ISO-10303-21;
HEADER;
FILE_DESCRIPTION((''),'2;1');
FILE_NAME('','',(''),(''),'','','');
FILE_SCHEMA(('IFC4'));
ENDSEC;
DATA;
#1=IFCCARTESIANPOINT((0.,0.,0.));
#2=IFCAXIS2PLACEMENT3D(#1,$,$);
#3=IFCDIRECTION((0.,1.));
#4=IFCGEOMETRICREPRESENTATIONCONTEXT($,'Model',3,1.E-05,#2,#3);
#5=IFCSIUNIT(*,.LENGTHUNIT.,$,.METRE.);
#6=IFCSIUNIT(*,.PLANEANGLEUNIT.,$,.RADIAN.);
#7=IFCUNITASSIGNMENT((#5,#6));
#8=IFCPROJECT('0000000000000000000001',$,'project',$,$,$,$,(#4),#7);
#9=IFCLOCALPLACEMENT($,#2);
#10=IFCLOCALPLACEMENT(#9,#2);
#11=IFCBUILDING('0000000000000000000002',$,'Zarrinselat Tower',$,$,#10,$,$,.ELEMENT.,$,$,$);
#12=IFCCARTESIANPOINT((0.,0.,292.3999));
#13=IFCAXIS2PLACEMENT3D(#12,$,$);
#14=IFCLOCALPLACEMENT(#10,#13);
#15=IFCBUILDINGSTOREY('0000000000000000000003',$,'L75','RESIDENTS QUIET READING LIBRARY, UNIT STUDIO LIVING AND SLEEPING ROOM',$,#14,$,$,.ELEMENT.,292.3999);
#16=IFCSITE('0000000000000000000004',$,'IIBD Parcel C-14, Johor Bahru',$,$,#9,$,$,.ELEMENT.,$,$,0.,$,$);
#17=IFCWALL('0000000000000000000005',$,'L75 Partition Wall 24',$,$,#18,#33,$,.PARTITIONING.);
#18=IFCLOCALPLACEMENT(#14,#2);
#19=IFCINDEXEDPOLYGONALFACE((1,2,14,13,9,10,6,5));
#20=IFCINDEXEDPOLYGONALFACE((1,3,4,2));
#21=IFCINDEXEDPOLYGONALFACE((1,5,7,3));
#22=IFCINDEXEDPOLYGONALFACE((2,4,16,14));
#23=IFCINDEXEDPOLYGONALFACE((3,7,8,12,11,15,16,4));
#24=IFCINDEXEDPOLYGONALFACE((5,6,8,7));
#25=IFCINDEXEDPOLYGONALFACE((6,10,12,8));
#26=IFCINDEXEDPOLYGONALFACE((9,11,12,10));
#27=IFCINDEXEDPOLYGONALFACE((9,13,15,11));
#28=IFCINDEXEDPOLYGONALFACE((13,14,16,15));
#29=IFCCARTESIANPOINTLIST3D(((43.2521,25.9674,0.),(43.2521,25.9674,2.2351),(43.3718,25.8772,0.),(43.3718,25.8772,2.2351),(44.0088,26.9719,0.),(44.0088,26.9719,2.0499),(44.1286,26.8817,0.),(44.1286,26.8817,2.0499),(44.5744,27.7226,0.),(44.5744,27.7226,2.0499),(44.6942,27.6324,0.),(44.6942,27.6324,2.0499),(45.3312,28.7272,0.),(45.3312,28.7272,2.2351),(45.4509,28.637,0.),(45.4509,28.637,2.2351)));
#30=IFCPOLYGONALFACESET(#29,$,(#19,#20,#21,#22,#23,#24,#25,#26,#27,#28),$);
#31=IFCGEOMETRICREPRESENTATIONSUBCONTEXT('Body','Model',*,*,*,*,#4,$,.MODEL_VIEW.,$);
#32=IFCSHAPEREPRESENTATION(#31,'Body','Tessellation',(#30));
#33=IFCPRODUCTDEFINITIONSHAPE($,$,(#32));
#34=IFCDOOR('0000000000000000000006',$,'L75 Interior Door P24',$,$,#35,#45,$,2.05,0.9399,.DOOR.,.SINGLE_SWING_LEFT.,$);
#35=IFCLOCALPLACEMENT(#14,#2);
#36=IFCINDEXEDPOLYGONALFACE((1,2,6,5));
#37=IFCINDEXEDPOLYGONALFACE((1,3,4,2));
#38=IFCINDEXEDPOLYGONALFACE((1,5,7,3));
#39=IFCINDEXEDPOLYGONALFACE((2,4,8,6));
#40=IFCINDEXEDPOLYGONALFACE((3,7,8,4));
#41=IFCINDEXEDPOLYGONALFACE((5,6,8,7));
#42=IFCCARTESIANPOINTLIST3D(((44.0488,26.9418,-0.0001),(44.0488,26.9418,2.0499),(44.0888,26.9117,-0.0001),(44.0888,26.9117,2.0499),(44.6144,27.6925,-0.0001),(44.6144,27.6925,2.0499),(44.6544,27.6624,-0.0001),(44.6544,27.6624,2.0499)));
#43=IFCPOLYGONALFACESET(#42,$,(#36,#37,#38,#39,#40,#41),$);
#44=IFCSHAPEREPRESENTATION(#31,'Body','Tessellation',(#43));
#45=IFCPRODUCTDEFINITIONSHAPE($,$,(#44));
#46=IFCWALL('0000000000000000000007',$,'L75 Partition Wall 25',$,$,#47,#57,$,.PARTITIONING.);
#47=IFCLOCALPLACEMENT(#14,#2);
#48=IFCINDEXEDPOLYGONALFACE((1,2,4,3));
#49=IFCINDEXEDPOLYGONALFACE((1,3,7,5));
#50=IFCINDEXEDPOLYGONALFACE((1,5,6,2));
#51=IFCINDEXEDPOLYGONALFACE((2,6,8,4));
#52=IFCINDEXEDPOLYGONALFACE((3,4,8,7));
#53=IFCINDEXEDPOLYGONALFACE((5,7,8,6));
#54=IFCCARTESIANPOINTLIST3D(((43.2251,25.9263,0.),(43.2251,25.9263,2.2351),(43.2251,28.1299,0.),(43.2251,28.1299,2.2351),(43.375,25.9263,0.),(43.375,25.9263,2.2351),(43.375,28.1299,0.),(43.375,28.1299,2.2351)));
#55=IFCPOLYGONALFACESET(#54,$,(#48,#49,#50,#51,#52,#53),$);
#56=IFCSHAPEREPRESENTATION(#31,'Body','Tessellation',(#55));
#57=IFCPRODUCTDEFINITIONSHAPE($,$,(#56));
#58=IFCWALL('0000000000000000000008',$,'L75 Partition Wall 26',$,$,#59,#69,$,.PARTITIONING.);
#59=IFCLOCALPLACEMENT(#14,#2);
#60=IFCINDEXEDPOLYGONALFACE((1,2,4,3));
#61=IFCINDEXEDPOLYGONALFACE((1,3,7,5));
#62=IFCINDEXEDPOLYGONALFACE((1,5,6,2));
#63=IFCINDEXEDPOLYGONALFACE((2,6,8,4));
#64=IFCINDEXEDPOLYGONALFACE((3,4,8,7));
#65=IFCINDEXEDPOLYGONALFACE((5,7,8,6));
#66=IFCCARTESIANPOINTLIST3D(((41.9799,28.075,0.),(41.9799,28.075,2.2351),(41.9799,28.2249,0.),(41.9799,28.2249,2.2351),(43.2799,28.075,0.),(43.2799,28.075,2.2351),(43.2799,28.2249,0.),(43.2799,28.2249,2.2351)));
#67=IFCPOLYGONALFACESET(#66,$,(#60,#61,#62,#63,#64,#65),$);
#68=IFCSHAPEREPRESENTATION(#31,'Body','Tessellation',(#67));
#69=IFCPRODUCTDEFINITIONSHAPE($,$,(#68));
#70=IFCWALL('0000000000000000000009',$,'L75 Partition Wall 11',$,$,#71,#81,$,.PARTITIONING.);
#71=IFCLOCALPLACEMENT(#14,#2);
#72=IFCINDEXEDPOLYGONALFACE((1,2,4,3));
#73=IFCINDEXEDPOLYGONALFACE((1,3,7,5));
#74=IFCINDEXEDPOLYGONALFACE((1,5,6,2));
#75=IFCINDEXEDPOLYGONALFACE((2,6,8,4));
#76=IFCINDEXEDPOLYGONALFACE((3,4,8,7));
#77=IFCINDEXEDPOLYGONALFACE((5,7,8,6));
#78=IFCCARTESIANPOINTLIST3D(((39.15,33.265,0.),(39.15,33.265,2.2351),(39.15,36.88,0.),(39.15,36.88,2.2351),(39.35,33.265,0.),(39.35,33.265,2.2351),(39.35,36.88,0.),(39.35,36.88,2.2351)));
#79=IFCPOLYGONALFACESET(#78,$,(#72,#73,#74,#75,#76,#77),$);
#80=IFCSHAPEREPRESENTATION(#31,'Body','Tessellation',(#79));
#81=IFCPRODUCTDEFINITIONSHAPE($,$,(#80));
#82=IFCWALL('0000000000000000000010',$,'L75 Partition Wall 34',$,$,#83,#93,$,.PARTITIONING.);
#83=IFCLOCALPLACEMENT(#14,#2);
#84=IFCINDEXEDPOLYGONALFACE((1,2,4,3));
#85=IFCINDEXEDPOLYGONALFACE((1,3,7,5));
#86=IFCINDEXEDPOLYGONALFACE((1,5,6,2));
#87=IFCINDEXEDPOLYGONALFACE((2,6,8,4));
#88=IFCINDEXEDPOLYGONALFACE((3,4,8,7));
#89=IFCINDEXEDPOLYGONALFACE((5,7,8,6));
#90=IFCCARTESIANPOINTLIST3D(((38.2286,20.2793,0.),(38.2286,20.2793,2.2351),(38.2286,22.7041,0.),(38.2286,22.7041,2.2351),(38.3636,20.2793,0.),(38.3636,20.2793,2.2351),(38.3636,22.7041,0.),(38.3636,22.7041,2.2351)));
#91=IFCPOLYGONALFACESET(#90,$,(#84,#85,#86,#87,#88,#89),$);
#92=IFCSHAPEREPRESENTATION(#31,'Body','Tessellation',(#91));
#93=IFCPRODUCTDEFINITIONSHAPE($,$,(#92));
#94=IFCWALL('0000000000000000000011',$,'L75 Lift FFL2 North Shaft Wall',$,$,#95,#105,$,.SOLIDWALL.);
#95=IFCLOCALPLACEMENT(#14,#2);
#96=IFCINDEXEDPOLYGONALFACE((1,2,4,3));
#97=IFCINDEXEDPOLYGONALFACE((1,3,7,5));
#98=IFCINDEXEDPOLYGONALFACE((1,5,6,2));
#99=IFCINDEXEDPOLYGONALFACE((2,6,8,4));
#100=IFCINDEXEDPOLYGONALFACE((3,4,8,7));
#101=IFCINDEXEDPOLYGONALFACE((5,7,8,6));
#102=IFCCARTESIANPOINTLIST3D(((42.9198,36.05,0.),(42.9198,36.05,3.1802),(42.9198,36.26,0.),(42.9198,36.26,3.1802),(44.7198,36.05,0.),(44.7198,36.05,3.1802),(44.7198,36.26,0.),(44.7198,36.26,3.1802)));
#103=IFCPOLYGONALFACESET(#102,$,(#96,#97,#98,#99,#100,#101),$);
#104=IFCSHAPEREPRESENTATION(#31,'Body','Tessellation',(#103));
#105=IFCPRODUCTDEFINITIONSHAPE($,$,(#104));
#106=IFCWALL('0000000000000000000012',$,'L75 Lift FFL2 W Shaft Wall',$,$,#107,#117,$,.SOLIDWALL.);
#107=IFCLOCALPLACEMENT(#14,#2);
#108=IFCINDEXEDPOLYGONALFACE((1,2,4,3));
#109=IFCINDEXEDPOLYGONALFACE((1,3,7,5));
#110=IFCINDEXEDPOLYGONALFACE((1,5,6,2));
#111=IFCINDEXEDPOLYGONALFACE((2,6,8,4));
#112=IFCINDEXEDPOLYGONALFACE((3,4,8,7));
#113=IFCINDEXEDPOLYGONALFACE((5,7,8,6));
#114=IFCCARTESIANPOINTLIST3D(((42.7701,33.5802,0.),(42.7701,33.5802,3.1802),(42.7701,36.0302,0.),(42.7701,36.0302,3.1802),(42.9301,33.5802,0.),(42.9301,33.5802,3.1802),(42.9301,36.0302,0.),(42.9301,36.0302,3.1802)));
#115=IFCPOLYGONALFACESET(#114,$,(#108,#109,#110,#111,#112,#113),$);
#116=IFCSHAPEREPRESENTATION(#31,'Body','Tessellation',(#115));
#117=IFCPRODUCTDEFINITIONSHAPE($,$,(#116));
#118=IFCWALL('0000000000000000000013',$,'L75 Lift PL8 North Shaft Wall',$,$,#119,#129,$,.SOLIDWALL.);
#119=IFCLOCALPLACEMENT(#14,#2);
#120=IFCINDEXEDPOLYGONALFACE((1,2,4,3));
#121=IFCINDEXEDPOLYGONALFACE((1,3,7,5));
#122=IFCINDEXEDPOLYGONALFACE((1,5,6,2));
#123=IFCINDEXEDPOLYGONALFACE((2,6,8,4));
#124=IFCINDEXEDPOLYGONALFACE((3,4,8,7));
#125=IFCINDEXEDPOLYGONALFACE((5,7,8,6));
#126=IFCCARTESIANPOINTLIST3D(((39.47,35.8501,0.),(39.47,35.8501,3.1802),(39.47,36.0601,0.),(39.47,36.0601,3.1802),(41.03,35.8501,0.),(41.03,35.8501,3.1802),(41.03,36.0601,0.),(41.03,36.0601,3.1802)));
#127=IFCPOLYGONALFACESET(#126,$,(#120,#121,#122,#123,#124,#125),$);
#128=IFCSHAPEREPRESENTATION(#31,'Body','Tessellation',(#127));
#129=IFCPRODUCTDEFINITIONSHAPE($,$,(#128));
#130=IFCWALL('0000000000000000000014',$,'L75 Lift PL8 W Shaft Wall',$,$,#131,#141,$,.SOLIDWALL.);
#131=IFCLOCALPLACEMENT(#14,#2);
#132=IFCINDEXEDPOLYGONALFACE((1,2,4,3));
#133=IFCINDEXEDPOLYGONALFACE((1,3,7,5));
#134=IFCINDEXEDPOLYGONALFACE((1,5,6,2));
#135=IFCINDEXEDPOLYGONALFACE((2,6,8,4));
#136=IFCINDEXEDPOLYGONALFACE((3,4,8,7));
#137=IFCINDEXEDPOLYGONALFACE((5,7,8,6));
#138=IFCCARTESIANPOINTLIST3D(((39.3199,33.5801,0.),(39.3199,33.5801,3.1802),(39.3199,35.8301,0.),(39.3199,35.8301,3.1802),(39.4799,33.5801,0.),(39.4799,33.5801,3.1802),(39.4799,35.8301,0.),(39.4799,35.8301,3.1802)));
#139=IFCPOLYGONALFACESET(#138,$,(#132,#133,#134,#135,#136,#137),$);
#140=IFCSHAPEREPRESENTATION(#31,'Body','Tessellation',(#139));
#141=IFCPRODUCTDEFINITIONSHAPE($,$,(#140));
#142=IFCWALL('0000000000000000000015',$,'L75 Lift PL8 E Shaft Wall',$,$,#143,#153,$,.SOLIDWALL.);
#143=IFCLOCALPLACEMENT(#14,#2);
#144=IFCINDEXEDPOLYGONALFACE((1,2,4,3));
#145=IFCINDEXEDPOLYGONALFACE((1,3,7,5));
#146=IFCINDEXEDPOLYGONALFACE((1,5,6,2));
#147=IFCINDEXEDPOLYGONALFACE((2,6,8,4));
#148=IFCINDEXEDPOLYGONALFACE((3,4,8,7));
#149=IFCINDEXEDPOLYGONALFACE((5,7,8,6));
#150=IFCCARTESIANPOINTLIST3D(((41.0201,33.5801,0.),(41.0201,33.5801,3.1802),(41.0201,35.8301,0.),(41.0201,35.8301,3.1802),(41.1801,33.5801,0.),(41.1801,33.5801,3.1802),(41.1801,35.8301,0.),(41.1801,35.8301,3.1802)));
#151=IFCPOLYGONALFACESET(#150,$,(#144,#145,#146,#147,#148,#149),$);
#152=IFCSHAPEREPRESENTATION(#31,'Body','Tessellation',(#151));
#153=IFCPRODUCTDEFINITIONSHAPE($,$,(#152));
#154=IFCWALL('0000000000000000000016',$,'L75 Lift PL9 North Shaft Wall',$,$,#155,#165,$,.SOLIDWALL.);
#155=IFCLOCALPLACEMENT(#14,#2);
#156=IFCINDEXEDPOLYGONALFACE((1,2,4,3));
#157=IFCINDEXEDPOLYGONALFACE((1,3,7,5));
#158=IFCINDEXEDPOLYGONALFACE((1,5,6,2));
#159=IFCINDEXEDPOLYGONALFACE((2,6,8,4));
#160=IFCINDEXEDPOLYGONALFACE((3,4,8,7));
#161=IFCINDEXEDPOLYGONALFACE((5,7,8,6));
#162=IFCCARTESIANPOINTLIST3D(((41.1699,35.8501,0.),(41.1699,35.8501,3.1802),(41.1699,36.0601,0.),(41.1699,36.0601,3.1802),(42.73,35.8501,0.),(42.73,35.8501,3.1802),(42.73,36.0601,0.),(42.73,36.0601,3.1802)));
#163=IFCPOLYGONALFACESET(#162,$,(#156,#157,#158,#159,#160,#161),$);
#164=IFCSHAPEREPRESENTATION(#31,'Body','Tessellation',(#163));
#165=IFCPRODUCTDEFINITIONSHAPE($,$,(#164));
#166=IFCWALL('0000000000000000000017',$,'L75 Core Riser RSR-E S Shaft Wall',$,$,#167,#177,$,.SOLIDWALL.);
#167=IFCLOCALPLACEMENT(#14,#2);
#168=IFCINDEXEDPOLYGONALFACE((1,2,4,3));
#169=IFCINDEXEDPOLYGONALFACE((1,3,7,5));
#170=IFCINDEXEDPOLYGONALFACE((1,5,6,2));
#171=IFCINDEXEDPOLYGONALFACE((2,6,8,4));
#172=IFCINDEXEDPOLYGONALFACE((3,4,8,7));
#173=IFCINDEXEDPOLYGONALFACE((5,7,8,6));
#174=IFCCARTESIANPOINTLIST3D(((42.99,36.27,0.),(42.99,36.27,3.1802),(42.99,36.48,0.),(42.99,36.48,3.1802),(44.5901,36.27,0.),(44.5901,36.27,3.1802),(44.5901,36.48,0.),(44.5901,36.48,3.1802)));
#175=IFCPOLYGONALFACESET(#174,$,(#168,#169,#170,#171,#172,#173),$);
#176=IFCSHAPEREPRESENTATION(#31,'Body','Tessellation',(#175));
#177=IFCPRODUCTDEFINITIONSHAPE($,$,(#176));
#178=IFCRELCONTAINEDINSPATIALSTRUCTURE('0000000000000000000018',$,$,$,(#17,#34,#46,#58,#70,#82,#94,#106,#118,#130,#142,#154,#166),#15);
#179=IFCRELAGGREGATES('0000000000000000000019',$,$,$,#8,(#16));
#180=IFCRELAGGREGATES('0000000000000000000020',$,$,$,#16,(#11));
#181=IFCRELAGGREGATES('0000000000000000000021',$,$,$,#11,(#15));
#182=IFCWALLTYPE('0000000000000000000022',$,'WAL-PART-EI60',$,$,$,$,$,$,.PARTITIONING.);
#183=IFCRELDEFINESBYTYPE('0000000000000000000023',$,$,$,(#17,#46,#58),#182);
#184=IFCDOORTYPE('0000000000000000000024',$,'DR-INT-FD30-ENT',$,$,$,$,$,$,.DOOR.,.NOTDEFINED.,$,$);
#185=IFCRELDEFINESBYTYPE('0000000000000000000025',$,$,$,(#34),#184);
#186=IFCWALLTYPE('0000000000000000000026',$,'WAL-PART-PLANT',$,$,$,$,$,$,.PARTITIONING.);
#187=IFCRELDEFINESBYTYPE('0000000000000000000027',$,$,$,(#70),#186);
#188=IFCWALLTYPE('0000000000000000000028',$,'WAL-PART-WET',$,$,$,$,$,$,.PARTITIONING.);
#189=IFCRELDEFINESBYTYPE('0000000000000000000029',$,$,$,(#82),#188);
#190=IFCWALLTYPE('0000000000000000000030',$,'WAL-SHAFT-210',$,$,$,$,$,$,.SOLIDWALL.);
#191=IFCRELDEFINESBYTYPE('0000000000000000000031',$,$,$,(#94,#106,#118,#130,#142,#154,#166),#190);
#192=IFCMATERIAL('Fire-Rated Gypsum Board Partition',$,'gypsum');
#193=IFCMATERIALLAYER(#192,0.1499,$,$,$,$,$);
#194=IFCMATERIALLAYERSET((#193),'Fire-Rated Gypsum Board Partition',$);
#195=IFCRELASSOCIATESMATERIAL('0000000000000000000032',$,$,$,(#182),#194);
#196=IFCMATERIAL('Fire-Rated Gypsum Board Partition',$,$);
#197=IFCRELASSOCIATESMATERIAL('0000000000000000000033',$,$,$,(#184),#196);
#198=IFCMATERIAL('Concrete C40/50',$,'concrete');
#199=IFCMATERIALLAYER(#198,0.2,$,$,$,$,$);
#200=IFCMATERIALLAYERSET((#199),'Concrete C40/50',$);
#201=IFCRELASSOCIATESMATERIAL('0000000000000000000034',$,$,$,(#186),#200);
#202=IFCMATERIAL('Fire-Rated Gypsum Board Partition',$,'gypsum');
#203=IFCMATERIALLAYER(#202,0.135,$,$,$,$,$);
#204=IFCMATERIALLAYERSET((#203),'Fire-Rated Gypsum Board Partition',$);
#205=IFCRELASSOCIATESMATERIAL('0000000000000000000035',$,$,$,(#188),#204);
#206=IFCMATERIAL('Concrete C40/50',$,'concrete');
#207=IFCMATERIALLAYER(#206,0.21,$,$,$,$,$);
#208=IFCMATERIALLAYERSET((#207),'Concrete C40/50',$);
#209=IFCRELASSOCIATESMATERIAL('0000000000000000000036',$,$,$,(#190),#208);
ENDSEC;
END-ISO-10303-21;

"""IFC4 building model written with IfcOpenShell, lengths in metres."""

from ifc_helpers import new_model, si_unit, direction, frame, frame_2d, origin, place, context, subcontext, project, spatial, rectangle, extrude, material, layer, layer_set, type_object, element, fill, save


model = new_model("IFC4")

# Units and contexts
model_context = context("Model", 3, precision=1e-05, world=origin(), true_north=direction((0.0, 1.0)))
body_context = subcontext(model_context, "Body", "Model", "MODEL_VIEW")
ifc_project = project(units=[si_unit("LENGTHUNIT", "METRE"), si_unit("PLANEANGLEUNIT", "RADIAN")], contexts=[model_context])

# Site, building, storey
site_placement = place(None, origin())
site = spatial("IfcSite", under=ifc_project, at=site_placement, Name="IIBD Parcel C-14, Johor Bahru", CompositionType="ELEMENT", RefElevation=0.0)
building_placement = place(site_placement, origin())
building = spatial("IfcBuilding", under=site, at=building_placement, Name="Zarrinselat Tower", CompositionType="ELEMENT")
storey_placement = place(building_placement, frame((0.0, 0.0, 292.3999)))
storey = spatial("IfcBuildingStorey", under=building, at=storey_placement, Name="L75", Description="RESIDENTS QUIET READING LIBRARY, UNIT STUDIO LIVING AND SLEEPING ROOM", CompositionType="ELEMENT", Elevation=292.3999)

# Wall, opening, door
ifc_material_1 = material(Name="Fire-Rated Gypsum Board Partition", Category="gypsum")
ifc_layer_1 = layer(ifc_material_1, 0.1499)
ifc_layer_set_1 = layer_set([ifc_layer_1], Name="Fire-Rated Gypsum Board Partition")
wall_type_1 = type_object("IfcWallType", Name="WAL-PART-EI60", PredefinedType="PARTITIONING", material=ifc_layer_set_1)
ifc_material_2 = material(Name="Fire-Rated Gypsum Board Partition")
door_type = type_object("IfcDoorType", Name="DR-INT-FD30-ENT", OperationType="NOTDEFINED", PredefinedType="DOOR", material=ifc_material_2)
wall_1_placement = place(storey_placement, frame((43.312, 25.9224, 0.0), z_axis=(0.0, 0.0, 1.0), x_axis=(0.601717, 0.798709, 0.0)))
wall_1 = element("IfcWall", 1, at=wall_1_placement, inside=storey, type_object=wall_type_1, Name="L75 Partition Wall 24", PredefinedType="PARTITIONING", context=body_context, shape_type="SweptSolid", body=[
    extrude(rectangle(XDim=3.4553, YDim=0.1499, at=frame_2d((1.7275, 0.0))), origin(), (0.0, 0.0, 1.0), 2.2351),
])
opening_1_placement = place(wall_1_placement, frame((1.2576, 0.0, 0.0)))
opening_1 = element("IfcOpeningElement", 2, at=opening_1_placement, cuts=wall_1, PredefinedType="OPENING", context=body_context, shape_type="SweptSolid", body=[
    extrude(rectangle(XDim=0.9399, YDim=2.05, at=frame_2d((0.47, 1.0249))), frame((0.0, 0.085, 0.0), z_axis=(0.0, -1.0, 0.0), x_axis=(1.0, 0.0, 0.0)), (0.0, 0.0, 1.0), 0.1699),
])
door_1_placement = place(opening_1_placement, origin())
door_1 = element("IfcDoor", 3, at=door_1_placement, inside=storey, type_object=door_type, Name="L75 Interior Door P24", OperationType="SINGLE_SWING_LEFT", OverallHeight=2.05, OverallWidth=0.9399, PredefinedType="DOOR", context=body_context, shape_type="SweptSolid", body=[
    extrude(rectangle(XDim=0.9399, YDim=2.05, at=frame_2d((0.47, 1.0249))), frame((0.0, 0.0249, 0.0), z_axis=(0.0, -1.0, 0.0), x_axis=(1.0, 0.0, 0.0)), (0.0, 0.0, 1.0), 0.05),
])
fill(opening_1, door_1)

# Walls
wall_2_placement = place(storey_placement, frame((43.3, 25.9263, 0.0), z_axis=(0.0, 0.0, 1.0), x_axis=(0.0, 1.0, 0.0)))
element("IfcWall", 4, at=wall_2_placement, inside=storey, type_object=wall_type_1, Name="L75 Partition Wall 25", PredefinedType="PARTITIONING", context=body_context, shape_type="SweptSolid", body=[
    extrude(rectangle(XDim=2.2036, YDim=0.1499, at=frame_2d((1.1018, 0.0))), origin(), (0.0, 0.0, 1.0), 2.2351),
])
wall_3_placement = place(storey_placement, frame((41.98, 28.1499, 0.0), z_axis=(0.0, 0.0, 1.0), x_axis=(1.0, 0.0, 0.0)))
element("IfcWall", 5, at=wall_3_placement, inside=storey, type_object=wall_type_1, Name="L75 Partition Wall 26", PredefinedType="PARTITIONING", context=body_context, shape_type="SweptSolid", body=[
    extrude(rectangle(XDim=1.3, YDim=0.1499, at=frame_2d((0.6499, 0.0))), origin(), (0.0, 0.0, 1.0), 2.2351),
])
ifc_material_3 = material(Name="Concrete C40/50", Category="concrete")
ifc_layer_2 = layer(ifc_material_3, 0.2)
ifc_layer_set_2 = layer_set([ifc_layer_2], Name="Concrete C40/50")
wall_type_2 = type_object("IfcWallType", Name="WAL-PART-PLANT", PredefinedType="PARTITIONING", material=ifc_layer_set_2)
wall_4_placement = place(storey_placement, frame((39.25, 33.2649, 0.0), z_axis=(0.0, 0.0, 1.0), x_axis=(0.0, 1.0, 0.0)))
element("IfcWall", 6, at=wall_4_placement, inside=storey, type_object=wall_type_2, Name="L75 Partition Wall 11", PredefinedType="PARTITIONING", context=body_context, shape_type="SweptSolid", body=[
    extrude(rectangle(XDim=3.615, YDim=0.2, at=frame_2d((1.8076, 0.0))), origin(), (0.0, 0.0, 1.0), 2.2351),
])
ifc_material_4 = material(Name="Fire-Rated Gypsum Board Partition", Category="gypsum")
ifc_layer_3 = layer(ifc_material_4, 0.135)
ifc_layer_set_3 = layer_set([ifc_layer_3], Name="Fire-Rated Gypsum Board Partition")
wall_type_3 = type_object("IfcWallType", Name="WAL-PART-WET", PredefinedType="PARTITIONING", material=ifc_layer_set_3)
wall_5_placement = place(storey_placement, frame((38.2961, 20.2793, 0.0), z_axis=(0.0, 0.0, 1.0), x_axis=(0.0, 1.0, 0.0)))
element("IfcWall", 7, at=wall_5_placement, inside=storey, type_object=wall_type_3, Name="L75 Partition Wall 34", PredefinedType="PARTITIONING", context=body_context, shape_type="SweptSolid", body=[
    extrude(rectangle(XDim=2.4248, YDim=0.135, at=frame_2d((1.2124, 0.0))), origin(), (0.0, 0.0, 1.0), 2.2351),
])
ifc_material_5 = material(Name="Concrete C40/50", Category="concrete")
ifc_layer_4 = layer(ifc_material_5, 0.21)
ifc_layer_set_4 = layer_set([ifc_layer_4], Name="Concrete C40/50")
wall_type_4 = type_object("IfcWallType", Name="WAL-SHAFT-210", PredefinedType="SOLIDWALL", material=ifc_layer_set_4)
wall_6_placement = place(storey_placement, frame((42.9199, 36.155, 0.0), z_axis=(0.0, 0.0, 1.0), x_axis=(1.0, 0.0, 0.0)))
element("IfcWall", 8, at=wall_6_placement, inside=storey, type_object=wall_type_4, Name="L75 Lift FFL2 North Shaft Wall", PredefinedType="SOLIDWALL", context=body_context, shape_type="SweptSolid", body=[
    extrude(rectangle(XDim=1.8, YDim=0.21, at=frame_2d((0.8999, 0.0))), origin(), (0.0, 0.0, 1.0), 3.1802),
])
wall_7_placement = place(storey_placement, frame((42.8501, 33.5801, 0.0), z_axis=(0.0, 0.0, 1.0), x_axis=(0.0, 1.0, 0.0)))
element("IfcWall", 9, at=wall_7_placement, inside=storey, type_object=wall_type_4, Name="L75 Lift FFL2 W Shaft Wall", PredefinedType="SOLIDWALL", context=body_context, shape_type="SweptSolid", body=[
    extrude(rectangle(XDim=2.45, YDim=0.1599, at=frame_2d((1.2251, 0.0))), origin(), (0.0, 0.0, 1.0), 3.1802),
])
wall_8_placement = place(storey_placement, frame((39.47, 35.9551, 0.0), z_axis=(0.0, 0.0, 1.0), x_axis=(1.0, 0.0, 0.0)))
element("IfcWall", 10, at=wall_8_placement, inside=storey, type_object=wall_type_4, Name="L75 Lift PL8 North Shaft Wall", PredefinedType="SOLIDWALL", context=body_context, shape_type="SweptSolid", body=[
    extrude(rectangle(XDim=1.5601, YDim=0.21, at=frame_2d((0.78, 0.0))), origin(), (0.0, 0.0, 1.0), 3.1802),
])
for number, where, z_axis, x_axis, name in (
    (11, (39.3999, 33.5801, 0.0), (0.0, 0.0, 1.0), (0.0, 1.0, 0.0), "L75 Lift PL8 W Shaft Wall"),
    (12, (41.1001, 33.5801, 0.0), (0.0, 0.0, 1.0), (0.0, 1.0, 0.0), "L75 Lift PL8 E Shaft Wall"),
):
    element("IfcWall", number, at=place(storey_placement, frame(where, z_axis=z_axis, x_axis=x_axis)), inside=storey, type_object=wall_type_4, Name=name, PredefinedType="SOLIDWALL", context=body_context, shape_type="SweptSolid", body=[
        extrude(rectangle(XDim=2.25, YDim=0.1599, at=frame_2d((1.125, 0.0))), origin(), (0.0, 0.0, 1.0), 3.1802),
    ])
wall_9_placement = place(storey_placement, frame((41.1699, 35.9551, 0.0), z_axis=(0.0, 0.0, 1.0), x_axis=(1.0, 0.0, 0.0)))
element("IfcWall", 13, at=wall_9_placement, inside=storey, type_object=wall_type_4, Name="L75 Lift PL9 North Shaft Wall", PredefinedType="SOLIDWALL", context=body_context, shape_type="SweptSolid", body=[
    extrude(rectangle(XDim=1.5601, YDim=0.21, at=frame_2d((0.78, 0.0))), origin(), (0.0, 0.0, 1.0), 3.1802),
])
wall_10_placement = place(storey_placement, frame((42.99, 36.375, 0.0), z_axis=(0.0, 0.0, 1.0), x_axis=(1.0, 0.0, 0.0)))
element("IfcWall", 14, at=wall_10_placement, inside=storey, type_object=wall_type_4, Name="L75 Core Riser RSR-E S Shaft Wall", PredefinedType="SOLIDWALL", context=body_context, shape_type="SweptSolid", body=[
    extrude(rectangle(XDim=1.6001, YDim=0.21, at=frame_2d((0.8, 0.0))), origin(), (0.0, 0.0, 1.0), 3.1802),
])

save(model, "model.ifc")
